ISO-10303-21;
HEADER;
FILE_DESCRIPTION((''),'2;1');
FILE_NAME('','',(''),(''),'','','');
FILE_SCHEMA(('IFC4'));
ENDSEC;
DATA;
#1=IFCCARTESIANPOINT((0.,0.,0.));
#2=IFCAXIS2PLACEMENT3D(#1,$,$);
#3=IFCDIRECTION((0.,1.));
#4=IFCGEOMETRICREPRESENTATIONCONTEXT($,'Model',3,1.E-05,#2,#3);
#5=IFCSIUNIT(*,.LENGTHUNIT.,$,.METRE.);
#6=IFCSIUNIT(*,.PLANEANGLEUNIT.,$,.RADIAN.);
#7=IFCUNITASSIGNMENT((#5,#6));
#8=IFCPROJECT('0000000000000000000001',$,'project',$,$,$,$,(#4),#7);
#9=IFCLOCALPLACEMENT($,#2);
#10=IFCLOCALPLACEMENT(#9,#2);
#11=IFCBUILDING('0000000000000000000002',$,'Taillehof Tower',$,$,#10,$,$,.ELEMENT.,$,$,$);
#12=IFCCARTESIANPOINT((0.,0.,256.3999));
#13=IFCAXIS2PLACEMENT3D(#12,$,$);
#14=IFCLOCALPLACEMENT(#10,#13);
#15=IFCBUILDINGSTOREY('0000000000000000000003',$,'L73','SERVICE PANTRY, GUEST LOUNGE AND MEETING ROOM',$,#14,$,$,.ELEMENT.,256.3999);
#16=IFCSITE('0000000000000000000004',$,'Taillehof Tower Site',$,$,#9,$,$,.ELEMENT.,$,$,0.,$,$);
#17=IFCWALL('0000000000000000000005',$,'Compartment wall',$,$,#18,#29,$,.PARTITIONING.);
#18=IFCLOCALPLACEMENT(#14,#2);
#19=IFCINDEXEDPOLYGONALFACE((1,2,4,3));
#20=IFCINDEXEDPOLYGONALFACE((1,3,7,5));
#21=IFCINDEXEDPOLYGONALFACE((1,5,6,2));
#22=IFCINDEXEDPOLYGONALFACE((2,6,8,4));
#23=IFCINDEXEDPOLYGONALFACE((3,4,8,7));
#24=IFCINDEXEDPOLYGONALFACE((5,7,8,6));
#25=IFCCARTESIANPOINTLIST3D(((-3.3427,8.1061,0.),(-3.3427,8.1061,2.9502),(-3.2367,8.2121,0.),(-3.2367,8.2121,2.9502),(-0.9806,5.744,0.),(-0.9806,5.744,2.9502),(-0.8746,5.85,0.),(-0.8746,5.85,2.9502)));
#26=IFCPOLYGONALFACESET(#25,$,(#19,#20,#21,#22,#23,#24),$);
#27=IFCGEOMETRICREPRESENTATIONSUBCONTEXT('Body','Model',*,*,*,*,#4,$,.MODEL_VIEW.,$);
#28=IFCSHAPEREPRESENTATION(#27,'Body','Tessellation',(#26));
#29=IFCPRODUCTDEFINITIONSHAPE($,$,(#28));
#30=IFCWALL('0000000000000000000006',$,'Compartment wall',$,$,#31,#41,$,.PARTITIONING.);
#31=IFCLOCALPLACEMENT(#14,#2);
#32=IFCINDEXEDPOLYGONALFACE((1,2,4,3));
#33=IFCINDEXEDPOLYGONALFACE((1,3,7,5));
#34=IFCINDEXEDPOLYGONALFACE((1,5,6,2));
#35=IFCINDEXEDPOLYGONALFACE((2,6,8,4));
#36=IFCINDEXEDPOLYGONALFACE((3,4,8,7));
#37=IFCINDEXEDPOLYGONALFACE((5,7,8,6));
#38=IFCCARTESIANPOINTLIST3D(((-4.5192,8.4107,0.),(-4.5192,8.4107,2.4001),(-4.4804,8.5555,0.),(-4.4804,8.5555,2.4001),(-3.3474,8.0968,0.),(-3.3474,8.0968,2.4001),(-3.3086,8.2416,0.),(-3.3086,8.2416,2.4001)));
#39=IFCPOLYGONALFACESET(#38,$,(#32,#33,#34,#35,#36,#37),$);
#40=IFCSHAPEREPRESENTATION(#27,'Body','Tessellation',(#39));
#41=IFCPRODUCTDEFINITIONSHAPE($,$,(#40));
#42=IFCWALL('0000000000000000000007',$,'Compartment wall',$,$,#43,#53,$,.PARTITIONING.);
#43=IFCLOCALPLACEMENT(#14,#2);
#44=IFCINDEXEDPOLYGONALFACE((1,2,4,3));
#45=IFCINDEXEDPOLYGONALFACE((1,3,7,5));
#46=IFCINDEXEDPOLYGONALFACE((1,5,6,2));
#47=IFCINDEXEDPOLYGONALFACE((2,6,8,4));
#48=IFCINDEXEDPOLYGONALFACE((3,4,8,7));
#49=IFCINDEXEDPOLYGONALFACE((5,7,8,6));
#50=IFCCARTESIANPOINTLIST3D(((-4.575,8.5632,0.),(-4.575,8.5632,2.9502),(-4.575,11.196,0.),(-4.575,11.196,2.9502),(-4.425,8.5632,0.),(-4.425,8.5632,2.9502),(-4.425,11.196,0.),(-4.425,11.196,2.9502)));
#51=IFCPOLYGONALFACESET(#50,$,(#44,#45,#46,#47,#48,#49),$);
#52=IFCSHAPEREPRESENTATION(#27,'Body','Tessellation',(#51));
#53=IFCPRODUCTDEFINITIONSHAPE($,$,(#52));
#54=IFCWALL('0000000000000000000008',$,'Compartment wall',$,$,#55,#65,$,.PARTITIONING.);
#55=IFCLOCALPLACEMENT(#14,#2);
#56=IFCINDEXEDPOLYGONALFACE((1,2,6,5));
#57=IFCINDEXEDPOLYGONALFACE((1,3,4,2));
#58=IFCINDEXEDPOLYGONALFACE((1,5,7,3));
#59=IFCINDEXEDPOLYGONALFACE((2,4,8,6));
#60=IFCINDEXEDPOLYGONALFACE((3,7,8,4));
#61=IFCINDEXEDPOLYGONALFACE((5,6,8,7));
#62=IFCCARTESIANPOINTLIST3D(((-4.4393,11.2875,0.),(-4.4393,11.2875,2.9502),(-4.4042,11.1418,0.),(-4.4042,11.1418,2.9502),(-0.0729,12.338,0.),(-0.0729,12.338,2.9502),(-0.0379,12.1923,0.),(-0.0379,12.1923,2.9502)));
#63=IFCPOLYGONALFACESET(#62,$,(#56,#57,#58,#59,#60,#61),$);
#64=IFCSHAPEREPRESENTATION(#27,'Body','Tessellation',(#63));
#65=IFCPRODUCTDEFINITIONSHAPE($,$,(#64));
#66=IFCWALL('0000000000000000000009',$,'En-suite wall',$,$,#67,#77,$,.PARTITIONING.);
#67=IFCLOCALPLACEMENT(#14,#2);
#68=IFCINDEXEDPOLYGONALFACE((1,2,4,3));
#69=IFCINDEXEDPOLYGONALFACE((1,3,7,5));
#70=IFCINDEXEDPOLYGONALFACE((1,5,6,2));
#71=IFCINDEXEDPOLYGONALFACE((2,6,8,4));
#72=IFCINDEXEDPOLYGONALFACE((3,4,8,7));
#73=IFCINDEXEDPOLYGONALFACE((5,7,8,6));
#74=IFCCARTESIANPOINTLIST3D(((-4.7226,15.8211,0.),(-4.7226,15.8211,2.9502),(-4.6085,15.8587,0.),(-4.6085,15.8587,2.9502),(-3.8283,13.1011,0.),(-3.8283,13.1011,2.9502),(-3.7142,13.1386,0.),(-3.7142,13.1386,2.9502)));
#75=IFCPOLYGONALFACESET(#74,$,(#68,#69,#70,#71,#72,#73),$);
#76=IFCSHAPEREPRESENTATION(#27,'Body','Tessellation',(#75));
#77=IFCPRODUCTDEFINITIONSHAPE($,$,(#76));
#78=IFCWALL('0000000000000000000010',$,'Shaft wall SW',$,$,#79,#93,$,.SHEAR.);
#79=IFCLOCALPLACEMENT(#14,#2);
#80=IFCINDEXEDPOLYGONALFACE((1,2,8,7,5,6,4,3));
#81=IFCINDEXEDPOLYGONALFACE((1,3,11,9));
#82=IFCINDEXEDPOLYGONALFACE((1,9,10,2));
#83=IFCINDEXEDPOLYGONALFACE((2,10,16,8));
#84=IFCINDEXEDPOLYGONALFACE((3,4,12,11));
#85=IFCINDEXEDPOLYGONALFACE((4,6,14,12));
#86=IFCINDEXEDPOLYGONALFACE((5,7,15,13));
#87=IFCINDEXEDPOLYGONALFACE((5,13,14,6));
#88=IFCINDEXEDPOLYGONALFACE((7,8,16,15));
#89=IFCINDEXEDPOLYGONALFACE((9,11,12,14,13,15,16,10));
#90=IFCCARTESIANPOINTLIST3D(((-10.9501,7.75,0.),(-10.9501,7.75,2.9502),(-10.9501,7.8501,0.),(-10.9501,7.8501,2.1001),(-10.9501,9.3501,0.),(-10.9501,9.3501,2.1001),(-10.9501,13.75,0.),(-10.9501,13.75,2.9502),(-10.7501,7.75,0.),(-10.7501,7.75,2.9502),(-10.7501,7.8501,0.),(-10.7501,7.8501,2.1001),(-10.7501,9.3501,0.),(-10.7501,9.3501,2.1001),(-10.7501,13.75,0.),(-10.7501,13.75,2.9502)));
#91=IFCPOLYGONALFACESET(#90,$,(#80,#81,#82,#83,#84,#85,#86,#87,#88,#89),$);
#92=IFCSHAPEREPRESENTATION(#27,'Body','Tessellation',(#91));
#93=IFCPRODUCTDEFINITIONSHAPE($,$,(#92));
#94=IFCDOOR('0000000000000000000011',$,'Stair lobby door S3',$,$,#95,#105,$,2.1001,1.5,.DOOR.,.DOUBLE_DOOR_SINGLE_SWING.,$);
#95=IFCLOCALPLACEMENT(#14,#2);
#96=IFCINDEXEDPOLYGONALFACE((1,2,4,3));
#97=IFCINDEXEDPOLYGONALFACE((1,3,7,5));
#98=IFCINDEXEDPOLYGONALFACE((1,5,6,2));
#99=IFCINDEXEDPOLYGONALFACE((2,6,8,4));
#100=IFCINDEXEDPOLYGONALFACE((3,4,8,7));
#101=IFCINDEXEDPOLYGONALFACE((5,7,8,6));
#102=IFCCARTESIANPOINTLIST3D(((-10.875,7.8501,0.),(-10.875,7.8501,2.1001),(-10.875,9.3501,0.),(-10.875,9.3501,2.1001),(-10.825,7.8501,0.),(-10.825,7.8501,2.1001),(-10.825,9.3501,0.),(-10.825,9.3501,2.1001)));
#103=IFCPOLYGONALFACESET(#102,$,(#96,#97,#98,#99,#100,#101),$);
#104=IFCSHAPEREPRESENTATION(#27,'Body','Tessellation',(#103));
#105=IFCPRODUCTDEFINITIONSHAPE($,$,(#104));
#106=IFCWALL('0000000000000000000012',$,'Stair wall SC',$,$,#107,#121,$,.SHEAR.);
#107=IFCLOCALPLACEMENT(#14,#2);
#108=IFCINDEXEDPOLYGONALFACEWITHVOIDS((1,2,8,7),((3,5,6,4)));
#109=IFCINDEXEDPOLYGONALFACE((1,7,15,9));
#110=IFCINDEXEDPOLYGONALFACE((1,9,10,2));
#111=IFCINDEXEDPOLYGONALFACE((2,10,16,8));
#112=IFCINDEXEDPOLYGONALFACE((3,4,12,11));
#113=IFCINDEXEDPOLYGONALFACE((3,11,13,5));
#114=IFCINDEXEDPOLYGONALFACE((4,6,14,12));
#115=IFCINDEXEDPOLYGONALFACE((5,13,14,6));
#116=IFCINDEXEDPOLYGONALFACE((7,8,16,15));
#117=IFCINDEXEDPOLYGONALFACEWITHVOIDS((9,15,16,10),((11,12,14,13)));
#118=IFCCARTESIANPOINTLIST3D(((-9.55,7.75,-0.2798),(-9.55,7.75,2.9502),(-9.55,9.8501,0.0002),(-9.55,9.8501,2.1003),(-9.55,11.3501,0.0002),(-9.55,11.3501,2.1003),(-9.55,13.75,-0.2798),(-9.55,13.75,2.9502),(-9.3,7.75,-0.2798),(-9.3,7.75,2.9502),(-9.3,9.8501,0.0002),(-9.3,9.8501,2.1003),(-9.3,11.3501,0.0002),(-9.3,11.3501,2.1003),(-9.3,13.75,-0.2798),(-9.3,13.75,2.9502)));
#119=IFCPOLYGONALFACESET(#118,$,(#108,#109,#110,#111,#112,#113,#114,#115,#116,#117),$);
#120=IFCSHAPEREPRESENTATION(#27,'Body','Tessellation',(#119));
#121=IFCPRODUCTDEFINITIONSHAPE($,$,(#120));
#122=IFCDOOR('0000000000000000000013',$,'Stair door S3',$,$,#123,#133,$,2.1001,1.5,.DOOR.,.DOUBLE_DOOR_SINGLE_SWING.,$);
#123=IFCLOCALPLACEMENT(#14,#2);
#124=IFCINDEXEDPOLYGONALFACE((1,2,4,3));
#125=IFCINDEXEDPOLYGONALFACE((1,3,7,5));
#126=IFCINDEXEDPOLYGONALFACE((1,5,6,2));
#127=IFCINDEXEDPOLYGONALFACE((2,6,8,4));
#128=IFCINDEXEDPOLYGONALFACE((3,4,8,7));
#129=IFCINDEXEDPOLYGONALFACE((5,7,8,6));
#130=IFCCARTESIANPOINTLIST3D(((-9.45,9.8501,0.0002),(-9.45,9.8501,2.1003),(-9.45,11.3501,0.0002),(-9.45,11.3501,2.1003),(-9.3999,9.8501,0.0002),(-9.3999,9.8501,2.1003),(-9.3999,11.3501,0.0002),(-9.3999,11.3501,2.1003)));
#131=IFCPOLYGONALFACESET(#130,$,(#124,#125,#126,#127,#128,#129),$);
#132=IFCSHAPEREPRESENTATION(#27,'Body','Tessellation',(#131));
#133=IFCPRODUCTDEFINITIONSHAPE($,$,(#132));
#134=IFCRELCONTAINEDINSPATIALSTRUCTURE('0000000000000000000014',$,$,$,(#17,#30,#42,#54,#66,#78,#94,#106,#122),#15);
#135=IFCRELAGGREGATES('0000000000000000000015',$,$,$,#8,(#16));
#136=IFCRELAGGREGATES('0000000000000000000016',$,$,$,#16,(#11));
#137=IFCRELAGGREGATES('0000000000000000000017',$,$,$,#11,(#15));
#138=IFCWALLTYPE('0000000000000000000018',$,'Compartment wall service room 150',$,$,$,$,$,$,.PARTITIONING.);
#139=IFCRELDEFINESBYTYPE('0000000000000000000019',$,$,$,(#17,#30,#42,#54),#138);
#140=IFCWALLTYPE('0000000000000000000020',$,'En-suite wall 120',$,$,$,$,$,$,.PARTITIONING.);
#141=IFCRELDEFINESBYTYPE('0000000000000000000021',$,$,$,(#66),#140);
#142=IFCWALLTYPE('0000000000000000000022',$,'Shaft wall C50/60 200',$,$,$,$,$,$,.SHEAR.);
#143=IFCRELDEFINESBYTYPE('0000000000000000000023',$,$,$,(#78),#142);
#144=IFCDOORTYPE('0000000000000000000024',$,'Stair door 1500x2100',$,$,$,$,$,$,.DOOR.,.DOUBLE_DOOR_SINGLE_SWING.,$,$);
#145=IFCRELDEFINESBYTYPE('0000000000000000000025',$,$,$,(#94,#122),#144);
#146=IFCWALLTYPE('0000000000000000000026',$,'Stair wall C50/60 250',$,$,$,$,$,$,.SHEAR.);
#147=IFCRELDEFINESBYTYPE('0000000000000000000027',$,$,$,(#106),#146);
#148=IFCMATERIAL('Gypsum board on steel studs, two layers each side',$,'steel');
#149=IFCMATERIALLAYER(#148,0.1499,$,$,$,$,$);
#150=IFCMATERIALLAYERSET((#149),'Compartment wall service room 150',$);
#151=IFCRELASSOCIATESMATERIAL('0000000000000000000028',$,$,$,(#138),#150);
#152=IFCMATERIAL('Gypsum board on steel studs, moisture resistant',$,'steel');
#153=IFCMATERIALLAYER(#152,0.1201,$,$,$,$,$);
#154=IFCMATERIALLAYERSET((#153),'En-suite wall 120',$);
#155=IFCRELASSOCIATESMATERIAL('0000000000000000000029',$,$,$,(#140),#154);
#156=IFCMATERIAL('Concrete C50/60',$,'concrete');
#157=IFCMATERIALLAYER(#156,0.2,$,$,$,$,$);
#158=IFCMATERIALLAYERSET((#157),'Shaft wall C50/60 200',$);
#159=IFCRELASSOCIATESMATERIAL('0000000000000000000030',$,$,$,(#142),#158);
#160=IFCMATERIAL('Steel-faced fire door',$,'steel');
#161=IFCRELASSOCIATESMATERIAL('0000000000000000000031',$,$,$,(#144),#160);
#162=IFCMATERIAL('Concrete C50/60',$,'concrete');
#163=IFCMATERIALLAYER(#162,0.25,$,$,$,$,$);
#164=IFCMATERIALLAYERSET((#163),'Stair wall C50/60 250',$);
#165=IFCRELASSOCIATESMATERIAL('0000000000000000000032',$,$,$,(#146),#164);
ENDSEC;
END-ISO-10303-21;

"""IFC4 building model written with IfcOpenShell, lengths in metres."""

from ifc_helpers import new_model, si_unit, direction, frame, frame_2d, origin, place, context, subcontext, project, spatial, rectangle, extrude, material, layer, layer_set, type_object, element, fill, save


model = new_model("IFC4")

# Units and contexts
model_context = context("Model", 3, precision=1e-05, world=origin(), true_north=direction((0.0, 1.0)))
body_context = subcontext(model_context, "Body", "Model", "MODEL_VIEW")
ifc_project = project(units=[si_unit("LENGTHUNIT", "METRE"), si_unit("PLANEANGLEUNIT", "RADIAN")], contexts=[model_context])

# Site, building, storey
site_placement = place(None, origin())
site = spatial("IfcSite", under=ifc_project, at=site_placement, Name="Taillehof Tower Site", CompositionType="ELEMENT", RefElevation=0.0)
building_placement = place(site_placement, origin())
building = spatial("IfcBuilding", under=site, at=building_placement, Name="Taillehof Tower", CompositionType="ELEMENT")
storey_placement = place(building_placement, frame((0.0, 0.0, 256.3999)))
storey = spatial("IfcBuildingStorey", under=building, at=storey_placement, Name="L73", Description="SERVICE PANTRY, GUEST LOUNGE AND MEETING ROOM", CompositionType="ELEMENT", Elevation=256.3999)

# Walls
ifc_material_1 = material(Name="Gypsum board on steel studs, two layers each side", Category="steel")
ifc_layer_1 = layer(ifc_material_1, 0.1499)
ifc_layer_set_1 = layer_set([ifc_layer_1], Name="Compartment wall service room 150")
wall_type_1 = type_object("IfcWallType", Name="Compartment wall service room 150", PredefinedType="PARTITIONING", material=ifc_layer_set_1)
wall_1_placement = place(storey_placement, frame((-0.9275, 5.7969, 0.0), z_axis=(0.0, 0.0, 1.0), x_axis=(-0.707107, 0.707107, 0.0)))
element("IfcWall", 1, at=wall_1_placement, inside=storey, type_object=wall_type_1, Name="Compartment wall", PredefinedType="PARTITIONING", context=body_context, shape_type="SweptSolid", body=[
    extrude(rectangle(XDim=3.3406, YDim=0.1499, at=frame_2d((1.6704, 0.0))), origin(), (0.0, 0.0, 1.0), 2.9502),
])
wall_2_placement = place(storey_placement, frame((-3.3281, 8.1692, 0.0), z_axis=(0.0, 0.0, 1.0), x_axis=(-0.965934, 0.25879, 0.0)))
element("IfcWall", 2, at=wall_2_placement, inside=storey, type_object=wall_type_1, Name="Compartment wall", PredefinedType="PARTITIONING", context=body_context, shape_type="SweptSolid", body=[
    extrude(rectangle(XDim=1.2131, YDim=0.1499, at=frame_2d((0.6064, 0.0))), origin(), (0.0, 0.0, 1.0), 2.4001),
])
wall_3_placement = place(storey_placement, frame((-4.5, 8.5632, 0.0), z_axis=(0.0, 0.0, 1.0), x_axis=(0.0, 1.0, 0.0)))
element("IfcWall", 3, at=wall_3_placement, inside=storey, type_object=wall_type_1, Name="Compartment wall", PredefinedType="PARTITIONING", context=body_context, shape_type="SweptSolid", body=[
    extrude(rectangle(XDim=2.6328, YDim=0.1499, at=frame_2d((1.3164, 0.0))), origin(), (0.0, 0.0, 1.0), 2.9502),
])
wall_4_placement = place(storey_placement, frame((-4.4219, 11.2146, 0.0), z_axis=(0.0, 0.0, 1.0), x_axis=(0.972256, 0.233918, 0.0)))
element("IfcWall", 4, at=wall_4_placement, inside=storey, type_object=wall_type_1, Name="Compartment wall", PredefinedType="PARTITIONING", context=body_context, shape_type="SweptSolid", body=[
    extrude(rectangle(XDim=4.491, YDim=0.1499, at=frame_2d((2.2456, 0.0))), origin(), (0.0, 0.0, 1.0), 2.9502),
])
ifc_material_2 = material(Name="Gypsum board on steel studs, moisture resistant", Category="steel")
ifc_layer_2 = layer(ifc_material_2, 0.1201)
ifc_layer_set_2 = layer_set([ifc_layer_2], Name="En-suite wall 120")
wall_type_2 = type_object("IfcWallType", Name="En-suite wall 120", PredefinedType="PARTITIONING", material=ifc_layer_set_2)
wall_5_placement = place(storey_placement, frame((-3.7712, 13.1199, 0.0), z_axis=(0.0, 0.0, 1.0), x_axis=(-0.312337, 0.949971, 0.0)))
element("IfcWall", 5, at=wall_5_placement, inside=storey, type_object=wall_type_2, Name="En-suite wall", PredefinedType="PARTITIONING", context=body_context, shape_type="SweptSolid", body=[
    extrude(rectangle(XDim=2.8633, YDim=0.1201, at=frame_2d((1.4316, 0.0))), origin(), (0.0, 0.0, 1.0), 2.9502),
])

# Walls, openings, doors
ifc_material_3 = material(Name="Concrete C50/60", Category="concrete")
ifc_layer_3 = layer(ifc_material_3, 0.2)
ifc_layer_set_3 = layer_set([ifc_layer_3], Name="Shaft wall C50/60 200")
wall_type_3 = type_object("IfcWallType", Name="Shaft wall C50/60 200", PredefinedType="SHEAR", material=ifc_layer_set_3)
wall_6_placement = place(storey_placement, frame((-10.8501, 7.75, 0.0), z_axis=(0.0, 0.0, 1.0), x_axis=(0.0, 1.0, 0.0)))
wall_6 = element("IfcWall", 6, at=wall_6_placement, inside=storey, type_object=wall_type_3, Name="Shaft wall SW", PredefinedType="SHEAR", context=body_context, shape_type="SweptSolid", body=[
    extrude(rectangle(XDim=6.0, YDim=0.2, at=frame_2d((3.0, 0.0))), origin(), (0.0, 0.0, 1.0), 2.9502),
])
opening_1_placement = place(wall_6_placement, frame((0.1001, 0.0, 0.0)))
opening_1 = element("IfcOpeningElement", 7, at=opening_1_placement, cuts=wall_6, PredefinedType="OPENING", context=body_context, shape_type="SweptSolid", body=[
    extrude(rectangle(XDim=1.5, YDim=2.1001, at=frame_2d((0.75, 1.05))), frame((0.0, 0.1099, 0.0), z_axis=(0.0, -1.0, 0.0), x_axis=(1.0, 0.0, 0.0)), (0.0, 0.0, 1.0), 0.22),
])
ifc_material_4 = material(Name="Steel-faced fire door", Category="steel")
door_type_1 = type_object("IfcDoorType", Name="Stair door 1500x2100", OperationType="DOUBLE_DOOR_SINGLE_SWING", PredefinedType="DOOR", material=ifc_material_4)
door_1_placement = place(opening_1_placement, origin())
door_1 = element("IfcDoor", 8, at=door_1_placement, inside=storey, type_object=door_type_1, Name="Stair lobby door S3", OperationType="DOUBLE_DOOR_SINGLE_SWING", OverallHeight=2.1001, OverallWidth=1.5, PredefinedType="DOOR", context=body_context, shape_type="SweptSolid", body=[
    extrude(rectangle(XDim=1.5, YDim=2.1001, at=frame_2d((0.75, 1.05))), frame((0.0, 0.0249, 0.0), z_axis=(0.0, -1.0, 0.0), x_axis=(1.0, 0.0, 0.0)), (0.0, 0.0, 1.0), 0.05),
])
fill(opening_1, door_1)
ifc_material_5 = material(Name="Concrete C50/60", Category="concrete")
ifc_layer_4 = layer(ifc_material_5, 0.25)
ifc_layer_set_4 = layer_set([ifc_layer_4], Name="Stair wall C50/60 250")
wall_type_4 = type_object("IfcWallType", Name="Stair wall C50/60 250", PredefinedType="SHEAR", material=ifc_layer_set_4)
wall_7_placement = place(storey_placement, frame((-9.425, 7.75, -0.2798), z_axis=(0.0, 0.0, 1.0), x_axis=(0.0, 1.0, 0.0)))
wall_7 = element("IfcWall", 9, at=wall_7_placement, inside=storey, type_object=wall_type_4, Name="Stair wall SC", PredefinedType="SHEAR", context=body_context, shape_type="SweptSolid", body=[
    extrude(rectangle(XDim=6.0, YDim=0.25, at=frame_2d((3.0, 0.0))), origin(), (0.0, 0.0, 1.0), 3.23),
])
opening_2_placement = place(wall_7_placement, frame((2.1001, 0.0, 0.28)))
opening_2 = element("IfcOpeningElement", 10, at=opening_2_placement, cuts=wall_7, PredefinedType="OPENING", context=body_context, shape_type="SweptSolid", body=[
    extrude(rectangle(XDim=1.5, YDim=2.1001, at=frame_2d((0.75, 1.05))), frame((0.0, 0.135, 0.0), z_axis=(0.0, -1.0, 0.0), x_axis=(1.0, 0.0, 0.0)), (0.0, 0.0, 1.0), 0.27),
])
door_2_placement = place(opening_2_placement, origin())
door_2 = element("IfcDoor", 11, at=door_2_placement, inside=storey, type_object=door_type_1, Name="Stair door S3", OperationType="DOUBLE_DOOR_SINGLE_SWING", OverallHeight=2.1001, OverallWidth=1.5, PredefinedType="DOOR", context=body_context, shape_type="SweptSolid", body=[
    extrude(rectangle(XDim=1.5, YDim=2.1001, at=frame_2d((0.75, 1.05))), frame((0.0, 0.0249, 0.0), z_axis=(0.0, -1.0, 0.0), x_axis=(1.0, 0.0, 0.0)), (0.0, 0.0, 1.0), 0.05),
])
fill(opening_2, door_2)

save(model, "model.ifc")
